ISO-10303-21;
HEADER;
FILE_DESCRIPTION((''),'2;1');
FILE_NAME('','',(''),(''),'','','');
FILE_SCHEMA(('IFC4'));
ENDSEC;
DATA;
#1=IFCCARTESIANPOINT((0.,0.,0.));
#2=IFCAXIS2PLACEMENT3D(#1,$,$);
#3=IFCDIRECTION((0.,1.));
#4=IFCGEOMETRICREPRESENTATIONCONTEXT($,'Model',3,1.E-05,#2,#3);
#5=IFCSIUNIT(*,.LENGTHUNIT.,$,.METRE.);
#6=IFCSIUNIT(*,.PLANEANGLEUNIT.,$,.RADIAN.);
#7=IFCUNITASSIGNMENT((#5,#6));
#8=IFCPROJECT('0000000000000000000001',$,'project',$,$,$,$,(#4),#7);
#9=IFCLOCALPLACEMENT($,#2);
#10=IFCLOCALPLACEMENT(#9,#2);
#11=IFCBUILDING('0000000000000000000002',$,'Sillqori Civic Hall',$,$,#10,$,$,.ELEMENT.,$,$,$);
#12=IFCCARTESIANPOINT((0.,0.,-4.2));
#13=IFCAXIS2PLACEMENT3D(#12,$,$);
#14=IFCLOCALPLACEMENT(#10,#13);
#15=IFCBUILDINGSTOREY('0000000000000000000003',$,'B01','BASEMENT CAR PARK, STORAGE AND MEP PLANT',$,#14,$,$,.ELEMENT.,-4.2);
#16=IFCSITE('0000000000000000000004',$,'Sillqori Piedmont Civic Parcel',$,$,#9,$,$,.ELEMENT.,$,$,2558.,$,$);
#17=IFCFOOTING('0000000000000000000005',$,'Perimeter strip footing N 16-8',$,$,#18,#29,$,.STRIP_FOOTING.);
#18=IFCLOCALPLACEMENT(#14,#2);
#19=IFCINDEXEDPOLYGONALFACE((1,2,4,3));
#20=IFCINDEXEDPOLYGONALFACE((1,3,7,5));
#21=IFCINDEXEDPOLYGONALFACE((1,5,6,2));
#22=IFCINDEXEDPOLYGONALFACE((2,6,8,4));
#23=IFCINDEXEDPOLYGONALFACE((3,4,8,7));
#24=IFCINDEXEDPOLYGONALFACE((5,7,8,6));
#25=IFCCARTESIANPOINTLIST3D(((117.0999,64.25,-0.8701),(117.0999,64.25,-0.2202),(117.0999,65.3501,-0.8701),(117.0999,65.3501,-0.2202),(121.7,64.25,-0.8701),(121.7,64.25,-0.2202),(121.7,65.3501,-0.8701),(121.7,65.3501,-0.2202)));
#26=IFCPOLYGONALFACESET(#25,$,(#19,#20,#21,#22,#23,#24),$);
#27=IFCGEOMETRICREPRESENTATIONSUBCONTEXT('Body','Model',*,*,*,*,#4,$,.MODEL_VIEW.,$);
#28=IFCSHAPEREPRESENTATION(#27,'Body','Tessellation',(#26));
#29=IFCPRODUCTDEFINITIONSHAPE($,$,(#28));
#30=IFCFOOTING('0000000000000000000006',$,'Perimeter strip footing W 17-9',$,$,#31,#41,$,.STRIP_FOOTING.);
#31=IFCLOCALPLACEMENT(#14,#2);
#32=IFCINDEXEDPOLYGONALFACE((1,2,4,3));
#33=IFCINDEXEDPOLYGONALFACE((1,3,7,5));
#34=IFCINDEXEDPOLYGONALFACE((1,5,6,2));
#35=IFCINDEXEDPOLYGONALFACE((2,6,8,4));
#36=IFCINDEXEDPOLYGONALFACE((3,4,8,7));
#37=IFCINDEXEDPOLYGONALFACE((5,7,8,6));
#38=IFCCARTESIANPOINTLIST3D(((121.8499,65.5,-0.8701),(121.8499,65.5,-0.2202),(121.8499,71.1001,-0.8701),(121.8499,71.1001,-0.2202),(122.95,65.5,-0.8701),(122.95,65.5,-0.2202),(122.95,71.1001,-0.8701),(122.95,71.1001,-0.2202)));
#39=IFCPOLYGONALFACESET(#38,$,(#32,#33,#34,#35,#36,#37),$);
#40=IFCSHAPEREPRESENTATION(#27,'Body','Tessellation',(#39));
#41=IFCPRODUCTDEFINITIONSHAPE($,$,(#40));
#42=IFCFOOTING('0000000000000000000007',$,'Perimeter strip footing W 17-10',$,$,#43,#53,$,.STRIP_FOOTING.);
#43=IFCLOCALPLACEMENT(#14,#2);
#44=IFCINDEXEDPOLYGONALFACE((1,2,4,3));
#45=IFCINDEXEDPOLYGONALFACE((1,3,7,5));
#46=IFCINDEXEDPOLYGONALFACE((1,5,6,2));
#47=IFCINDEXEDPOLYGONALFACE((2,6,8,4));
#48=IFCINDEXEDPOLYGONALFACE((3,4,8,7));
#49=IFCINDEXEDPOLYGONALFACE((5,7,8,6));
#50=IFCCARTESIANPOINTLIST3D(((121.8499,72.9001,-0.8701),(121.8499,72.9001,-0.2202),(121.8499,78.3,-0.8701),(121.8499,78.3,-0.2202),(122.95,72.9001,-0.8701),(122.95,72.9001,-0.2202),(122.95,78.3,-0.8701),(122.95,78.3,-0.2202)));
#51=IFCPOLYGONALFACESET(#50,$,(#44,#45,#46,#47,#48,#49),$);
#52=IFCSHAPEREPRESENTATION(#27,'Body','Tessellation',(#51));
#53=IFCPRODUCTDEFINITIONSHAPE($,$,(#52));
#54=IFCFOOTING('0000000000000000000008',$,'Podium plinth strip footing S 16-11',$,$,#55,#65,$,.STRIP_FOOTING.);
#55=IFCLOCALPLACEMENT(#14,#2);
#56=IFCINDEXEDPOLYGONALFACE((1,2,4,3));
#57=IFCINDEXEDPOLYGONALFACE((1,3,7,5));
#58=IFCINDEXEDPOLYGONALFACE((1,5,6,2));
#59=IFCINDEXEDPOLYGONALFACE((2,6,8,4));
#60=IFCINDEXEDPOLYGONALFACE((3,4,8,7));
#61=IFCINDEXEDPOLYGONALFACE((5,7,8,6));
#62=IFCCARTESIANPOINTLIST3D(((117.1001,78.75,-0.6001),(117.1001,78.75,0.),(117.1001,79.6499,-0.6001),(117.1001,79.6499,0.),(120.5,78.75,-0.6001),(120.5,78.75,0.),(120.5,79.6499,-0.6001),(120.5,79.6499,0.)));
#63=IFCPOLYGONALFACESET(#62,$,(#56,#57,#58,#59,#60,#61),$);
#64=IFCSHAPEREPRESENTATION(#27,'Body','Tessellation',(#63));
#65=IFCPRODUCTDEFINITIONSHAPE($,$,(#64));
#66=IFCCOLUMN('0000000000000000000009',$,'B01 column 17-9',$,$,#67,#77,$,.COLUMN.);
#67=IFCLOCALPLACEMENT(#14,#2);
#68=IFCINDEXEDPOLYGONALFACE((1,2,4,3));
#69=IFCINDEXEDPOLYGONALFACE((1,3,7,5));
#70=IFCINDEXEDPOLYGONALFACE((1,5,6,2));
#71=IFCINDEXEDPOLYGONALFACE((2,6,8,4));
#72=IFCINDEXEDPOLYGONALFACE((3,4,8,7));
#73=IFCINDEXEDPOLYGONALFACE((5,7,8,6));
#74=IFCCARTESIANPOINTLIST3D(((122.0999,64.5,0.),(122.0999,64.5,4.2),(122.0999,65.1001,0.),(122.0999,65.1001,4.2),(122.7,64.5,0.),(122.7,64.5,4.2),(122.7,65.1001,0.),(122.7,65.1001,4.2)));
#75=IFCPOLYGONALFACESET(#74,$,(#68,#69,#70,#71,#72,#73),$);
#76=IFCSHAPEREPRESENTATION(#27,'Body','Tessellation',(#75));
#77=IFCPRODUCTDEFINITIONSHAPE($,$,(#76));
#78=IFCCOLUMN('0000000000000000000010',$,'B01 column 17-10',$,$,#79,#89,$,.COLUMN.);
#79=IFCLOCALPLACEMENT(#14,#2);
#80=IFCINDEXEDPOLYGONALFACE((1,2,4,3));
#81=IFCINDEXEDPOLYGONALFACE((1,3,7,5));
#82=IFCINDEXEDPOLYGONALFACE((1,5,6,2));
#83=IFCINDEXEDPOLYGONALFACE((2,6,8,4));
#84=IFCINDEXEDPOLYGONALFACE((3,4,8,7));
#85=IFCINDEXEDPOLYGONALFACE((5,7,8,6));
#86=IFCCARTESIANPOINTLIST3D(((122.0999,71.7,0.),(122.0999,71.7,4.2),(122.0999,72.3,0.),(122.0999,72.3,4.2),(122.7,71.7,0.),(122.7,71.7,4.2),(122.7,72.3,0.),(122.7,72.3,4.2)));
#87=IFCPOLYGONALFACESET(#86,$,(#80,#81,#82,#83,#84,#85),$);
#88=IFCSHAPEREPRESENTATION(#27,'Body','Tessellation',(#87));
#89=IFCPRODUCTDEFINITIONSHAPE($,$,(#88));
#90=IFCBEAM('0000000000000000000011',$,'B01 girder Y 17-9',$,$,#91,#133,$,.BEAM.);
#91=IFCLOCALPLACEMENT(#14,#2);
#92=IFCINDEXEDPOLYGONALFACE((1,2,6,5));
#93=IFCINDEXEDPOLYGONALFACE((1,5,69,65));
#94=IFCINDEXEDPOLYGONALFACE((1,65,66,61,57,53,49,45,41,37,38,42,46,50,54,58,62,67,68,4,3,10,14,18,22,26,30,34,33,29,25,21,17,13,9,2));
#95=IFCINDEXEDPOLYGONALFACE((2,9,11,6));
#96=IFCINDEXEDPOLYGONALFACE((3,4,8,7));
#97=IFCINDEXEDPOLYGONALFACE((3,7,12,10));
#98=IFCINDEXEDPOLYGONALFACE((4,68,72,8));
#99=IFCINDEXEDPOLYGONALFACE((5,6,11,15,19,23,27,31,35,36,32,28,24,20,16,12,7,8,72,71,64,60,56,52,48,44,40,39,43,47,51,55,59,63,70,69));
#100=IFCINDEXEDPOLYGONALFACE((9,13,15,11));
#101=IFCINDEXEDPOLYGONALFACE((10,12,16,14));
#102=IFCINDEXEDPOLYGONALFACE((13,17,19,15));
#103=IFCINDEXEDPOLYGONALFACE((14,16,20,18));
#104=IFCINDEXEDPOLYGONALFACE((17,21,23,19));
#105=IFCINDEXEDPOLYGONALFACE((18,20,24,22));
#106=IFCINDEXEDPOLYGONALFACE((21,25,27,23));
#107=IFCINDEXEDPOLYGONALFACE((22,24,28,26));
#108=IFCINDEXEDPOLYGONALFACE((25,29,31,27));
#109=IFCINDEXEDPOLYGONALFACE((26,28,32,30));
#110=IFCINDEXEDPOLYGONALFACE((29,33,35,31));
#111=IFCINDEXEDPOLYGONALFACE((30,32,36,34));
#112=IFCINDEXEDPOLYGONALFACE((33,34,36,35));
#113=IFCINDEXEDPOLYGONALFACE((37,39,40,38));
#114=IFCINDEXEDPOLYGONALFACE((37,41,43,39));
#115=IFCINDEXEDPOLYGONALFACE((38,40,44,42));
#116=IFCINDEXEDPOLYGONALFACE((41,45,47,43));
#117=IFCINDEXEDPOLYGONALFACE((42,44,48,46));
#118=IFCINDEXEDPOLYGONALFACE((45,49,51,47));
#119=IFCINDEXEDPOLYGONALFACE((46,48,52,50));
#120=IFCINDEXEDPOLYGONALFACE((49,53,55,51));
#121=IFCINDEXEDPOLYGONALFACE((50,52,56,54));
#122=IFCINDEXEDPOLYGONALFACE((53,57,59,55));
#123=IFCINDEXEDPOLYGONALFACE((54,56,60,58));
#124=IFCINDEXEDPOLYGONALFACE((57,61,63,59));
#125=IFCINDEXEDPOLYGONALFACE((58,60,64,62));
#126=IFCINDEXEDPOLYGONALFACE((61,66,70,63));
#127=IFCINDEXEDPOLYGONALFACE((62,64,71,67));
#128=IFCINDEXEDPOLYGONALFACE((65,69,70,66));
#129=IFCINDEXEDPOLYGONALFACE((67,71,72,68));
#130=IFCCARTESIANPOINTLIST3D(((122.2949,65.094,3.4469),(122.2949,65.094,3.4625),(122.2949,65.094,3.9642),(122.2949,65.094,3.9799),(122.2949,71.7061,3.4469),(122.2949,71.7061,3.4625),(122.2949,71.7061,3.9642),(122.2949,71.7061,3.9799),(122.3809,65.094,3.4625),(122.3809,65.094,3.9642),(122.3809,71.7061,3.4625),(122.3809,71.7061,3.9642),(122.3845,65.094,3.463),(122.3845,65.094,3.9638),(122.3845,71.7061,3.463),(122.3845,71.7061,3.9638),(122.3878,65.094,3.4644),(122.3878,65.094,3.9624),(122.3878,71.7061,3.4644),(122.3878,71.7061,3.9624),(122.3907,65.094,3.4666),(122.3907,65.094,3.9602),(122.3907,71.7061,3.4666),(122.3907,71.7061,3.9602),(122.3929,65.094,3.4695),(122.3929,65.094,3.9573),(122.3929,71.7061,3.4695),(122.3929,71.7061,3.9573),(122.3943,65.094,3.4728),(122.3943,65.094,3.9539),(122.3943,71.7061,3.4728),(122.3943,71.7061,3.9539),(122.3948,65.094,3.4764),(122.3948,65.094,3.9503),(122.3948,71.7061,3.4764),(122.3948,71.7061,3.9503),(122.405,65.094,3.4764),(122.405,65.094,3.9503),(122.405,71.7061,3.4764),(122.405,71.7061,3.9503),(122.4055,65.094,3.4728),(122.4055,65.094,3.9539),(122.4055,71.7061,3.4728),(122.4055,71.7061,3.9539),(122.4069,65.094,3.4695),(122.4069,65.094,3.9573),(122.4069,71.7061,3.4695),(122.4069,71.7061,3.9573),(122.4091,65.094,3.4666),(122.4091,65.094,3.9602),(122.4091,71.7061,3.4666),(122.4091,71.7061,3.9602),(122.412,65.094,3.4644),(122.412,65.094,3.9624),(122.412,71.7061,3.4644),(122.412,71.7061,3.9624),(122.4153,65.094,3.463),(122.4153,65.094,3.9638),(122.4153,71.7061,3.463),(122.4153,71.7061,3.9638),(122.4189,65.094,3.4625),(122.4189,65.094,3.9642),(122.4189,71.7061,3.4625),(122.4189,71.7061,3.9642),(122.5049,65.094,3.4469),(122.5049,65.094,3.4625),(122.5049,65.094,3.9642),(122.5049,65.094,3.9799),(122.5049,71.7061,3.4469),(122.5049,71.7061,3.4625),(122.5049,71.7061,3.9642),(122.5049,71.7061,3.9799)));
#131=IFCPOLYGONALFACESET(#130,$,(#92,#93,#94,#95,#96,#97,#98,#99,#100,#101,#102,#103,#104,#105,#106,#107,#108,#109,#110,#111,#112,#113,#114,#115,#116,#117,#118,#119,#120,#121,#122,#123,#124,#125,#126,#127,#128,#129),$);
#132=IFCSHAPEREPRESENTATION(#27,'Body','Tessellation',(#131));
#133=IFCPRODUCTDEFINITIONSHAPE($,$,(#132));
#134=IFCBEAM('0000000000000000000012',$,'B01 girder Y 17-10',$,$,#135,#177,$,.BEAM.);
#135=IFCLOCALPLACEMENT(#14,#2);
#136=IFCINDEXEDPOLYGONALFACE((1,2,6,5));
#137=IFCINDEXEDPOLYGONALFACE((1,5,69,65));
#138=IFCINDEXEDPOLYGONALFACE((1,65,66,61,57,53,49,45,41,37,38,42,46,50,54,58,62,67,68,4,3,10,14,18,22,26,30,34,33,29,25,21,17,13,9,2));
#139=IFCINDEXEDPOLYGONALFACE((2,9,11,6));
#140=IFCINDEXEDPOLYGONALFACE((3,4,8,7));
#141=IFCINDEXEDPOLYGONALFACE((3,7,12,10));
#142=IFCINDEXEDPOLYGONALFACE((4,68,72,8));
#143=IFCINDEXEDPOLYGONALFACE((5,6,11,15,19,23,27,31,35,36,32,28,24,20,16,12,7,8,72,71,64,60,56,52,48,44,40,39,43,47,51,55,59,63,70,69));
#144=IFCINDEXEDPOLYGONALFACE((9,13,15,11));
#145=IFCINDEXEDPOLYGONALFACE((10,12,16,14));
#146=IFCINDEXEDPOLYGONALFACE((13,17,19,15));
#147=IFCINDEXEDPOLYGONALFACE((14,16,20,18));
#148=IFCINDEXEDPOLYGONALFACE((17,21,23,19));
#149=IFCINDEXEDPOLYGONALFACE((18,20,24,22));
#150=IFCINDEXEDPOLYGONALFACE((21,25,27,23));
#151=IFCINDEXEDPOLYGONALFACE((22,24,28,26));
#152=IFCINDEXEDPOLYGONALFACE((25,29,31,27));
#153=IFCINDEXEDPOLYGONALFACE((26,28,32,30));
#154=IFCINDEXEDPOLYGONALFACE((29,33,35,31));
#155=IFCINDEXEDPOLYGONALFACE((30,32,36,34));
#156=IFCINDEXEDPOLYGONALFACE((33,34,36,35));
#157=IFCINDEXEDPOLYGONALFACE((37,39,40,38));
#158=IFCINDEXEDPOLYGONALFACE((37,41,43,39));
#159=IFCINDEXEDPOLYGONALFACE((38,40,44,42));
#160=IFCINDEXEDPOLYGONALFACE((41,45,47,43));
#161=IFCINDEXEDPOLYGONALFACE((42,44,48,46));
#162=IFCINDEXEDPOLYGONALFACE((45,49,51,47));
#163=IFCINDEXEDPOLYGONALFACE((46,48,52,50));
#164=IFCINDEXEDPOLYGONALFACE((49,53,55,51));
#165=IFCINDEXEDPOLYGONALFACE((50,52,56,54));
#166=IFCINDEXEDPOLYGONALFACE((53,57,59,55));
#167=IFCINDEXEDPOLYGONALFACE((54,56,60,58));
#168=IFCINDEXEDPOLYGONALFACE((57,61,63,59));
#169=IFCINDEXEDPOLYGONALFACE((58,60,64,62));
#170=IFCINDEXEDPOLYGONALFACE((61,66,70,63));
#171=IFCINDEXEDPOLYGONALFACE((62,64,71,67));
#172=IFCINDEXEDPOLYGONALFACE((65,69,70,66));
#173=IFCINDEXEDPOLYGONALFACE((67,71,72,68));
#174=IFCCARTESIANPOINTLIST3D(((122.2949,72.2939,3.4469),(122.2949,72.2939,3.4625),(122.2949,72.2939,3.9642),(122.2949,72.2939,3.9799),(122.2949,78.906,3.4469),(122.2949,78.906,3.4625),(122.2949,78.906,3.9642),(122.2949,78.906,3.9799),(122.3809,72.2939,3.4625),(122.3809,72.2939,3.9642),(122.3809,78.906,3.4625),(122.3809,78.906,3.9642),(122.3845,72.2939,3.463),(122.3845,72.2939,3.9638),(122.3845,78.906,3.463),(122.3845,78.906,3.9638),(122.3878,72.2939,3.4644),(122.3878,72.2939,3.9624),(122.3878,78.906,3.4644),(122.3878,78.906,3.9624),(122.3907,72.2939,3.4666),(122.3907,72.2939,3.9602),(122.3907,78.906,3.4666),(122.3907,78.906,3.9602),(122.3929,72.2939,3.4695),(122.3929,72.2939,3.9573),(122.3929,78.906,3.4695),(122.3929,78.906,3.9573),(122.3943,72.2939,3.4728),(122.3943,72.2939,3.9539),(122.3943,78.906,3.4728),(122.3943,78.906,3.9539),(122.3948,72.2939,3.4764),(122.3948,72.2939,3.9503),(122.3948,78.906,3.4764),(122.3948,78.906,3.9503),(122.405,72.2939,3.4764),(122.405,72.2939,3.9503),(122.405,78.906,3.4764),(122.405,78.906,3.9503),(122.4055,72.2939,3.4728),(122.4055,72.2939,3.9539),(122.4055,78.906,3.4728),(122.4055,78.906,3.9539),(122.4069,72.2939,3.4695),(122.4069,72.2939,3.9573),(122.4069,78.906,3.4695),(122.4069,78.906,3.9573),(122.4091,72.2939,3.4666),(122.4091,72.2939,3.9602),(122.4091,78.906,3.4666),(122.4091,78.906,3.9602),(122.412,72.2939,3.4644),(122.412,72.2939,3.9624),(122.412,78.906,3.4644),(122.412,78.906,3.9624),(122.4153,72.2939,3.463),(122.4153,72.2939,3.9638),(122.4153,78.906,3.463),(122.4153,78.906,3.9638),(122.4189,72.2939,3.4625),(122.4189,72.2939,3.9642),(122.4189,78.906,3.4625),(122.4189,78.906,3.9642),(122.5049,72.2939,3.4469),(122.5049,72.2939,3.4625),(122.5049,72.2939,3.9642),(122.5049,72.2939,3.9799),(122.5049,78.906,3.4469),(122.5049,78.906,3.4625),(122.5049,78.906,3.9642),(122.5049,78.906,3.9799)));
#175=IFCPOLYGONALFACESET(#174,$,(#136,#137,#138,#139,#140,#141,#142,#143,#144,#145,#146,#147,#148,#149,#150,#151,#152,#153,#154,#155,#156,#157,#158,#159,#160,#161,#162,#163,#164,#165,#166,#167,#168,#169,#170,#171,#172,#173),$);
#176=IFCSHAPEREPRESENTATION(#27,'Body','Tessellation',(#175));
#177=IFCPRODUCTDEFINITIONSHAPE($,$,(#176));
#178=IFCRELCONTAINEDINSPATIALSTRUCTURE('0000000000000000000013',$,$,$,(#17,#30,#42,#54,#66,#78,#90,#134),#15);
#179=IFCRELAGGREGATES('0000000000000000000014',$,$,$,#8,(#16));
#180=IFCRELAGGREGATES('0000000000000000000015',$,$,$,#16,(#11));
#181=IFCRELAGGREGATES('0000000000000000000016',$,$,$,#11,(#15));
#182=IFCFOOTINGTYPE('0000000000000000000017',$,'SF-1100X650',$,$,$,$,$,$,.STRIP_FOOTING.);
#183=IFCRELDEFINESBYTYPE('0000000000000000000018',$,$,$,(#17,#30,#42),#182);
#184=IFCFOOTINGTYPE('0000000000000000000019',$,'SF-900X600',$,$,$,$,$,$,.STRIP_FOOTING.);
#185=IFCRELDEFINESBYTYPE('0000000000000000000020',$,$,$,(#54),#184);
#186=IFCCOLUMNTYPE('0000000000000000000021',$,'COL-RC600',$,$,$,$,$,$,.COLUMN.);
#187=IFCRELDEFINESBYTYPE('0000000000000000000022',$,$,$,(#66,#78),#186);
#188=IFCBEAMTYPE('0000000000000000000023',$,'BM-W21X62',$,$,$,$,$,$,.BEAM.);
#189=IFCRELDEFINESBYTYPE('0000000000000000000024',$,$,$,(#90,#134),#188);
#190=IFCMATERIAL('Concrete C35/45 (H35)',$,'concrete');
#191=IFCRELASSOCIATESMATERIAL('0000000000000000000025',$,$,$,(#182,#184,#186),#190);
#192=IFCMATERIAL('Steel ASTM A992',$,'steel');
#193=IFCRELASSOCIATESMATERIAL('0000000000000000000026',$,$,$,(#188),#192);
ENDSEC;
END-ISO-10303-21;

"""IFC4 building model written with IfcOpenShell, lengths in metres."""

from ifc_helpers import new_model, si_unit, direction, frame, origin, origin_2d, place, context, subcontext, project, spatial, rectangle, i_section, extrude, material, material_profile, profile_set, type_object, element, save


model = new_model("IFC4")

# Units and contexts
model_context = context("Model", 3, precision=1e-05, world=origin(), true_north=direction((0.0, 1.0)))
body_context = subcontext(model_context, "Body", "Model", "MODEL_VIEW")
ifc_project = project(units=[si_unit("LENGTHUNIT", "METRE"), si_unit("PLANEANGLEUNIT", "RADIAN")], contexts=[model_context])

# Site, building, storey
site_placement = place(None, origin())
site = spatial("IfcSite", under=ifc_project, at=site_placement, Name="Sillqori Piedmont Civic Parcel", CompositionType="ELEMENT", RefElevation=2558.0)
building_placement = place(site_placement, origin())
building = spatial("IfcBuilding", under=site, at=building_placement, Name="Sillqori Civic Hall", CompositionType="ELEMENT")
storey_placement = place(building_placement, frame((0.0, 0.0, -4.2)))
storey = spatial("IfcBuildingStorey", under=building, at=storey_placement, Name="B01", Description="BASEMENT CAR PARK, STORAGE AND MEP PLANT", CompositionType="ELEMENT", Elevation=-4.2)

# Shared definitions
ifc_material_1 = material(Name="Concrete C35/45 (H35)", Category="concrete")

# Footings
footing_type_1 = type_object("IfcFootingType", Name="SF-1100X650", PredefinedType="STRIP_FOOTING", material=ifc_material_1)
footing_1_placement = place(storey_placement, frame((119.3999, 64.8, -0.8701), z_axis=(0.0, 0.0, 1.0), x_axis=(1.0, 0.0, 0.0)))
element("IfcFooting", 1, at=footing_1_placement, inside=storey, type_object=footing_type_1, Name="Perimeter strip footing N 16-8", PredefinedType="STRIP_FOOTING", context=body_context, shape_type="SweptSolid", body=[
    extrude(rectangle(XDim=4.6001, YDim=1.1001, at=origin_2d()), origin(), (0.0, 0.0, 1.0), 0.6499),
])
footing_2_placement = place(storey_placement, frame((122.3999, 68.3, -0.8701), z_axis=(0.0, 0.0, 1.0), x_axis=(1.0, 0.0, 0.0)))
element("IfcFooting", 2, at=footing_2_placement, inside=storey, type_object=footing_type_1, Name="Perimeter strip footing W 17-9", PredefinedType="STRIP_FOOTING", context=body_context, shape_type="SweptSolid", body=[
    extrude(rectangle(XDim=1.1001, YDim=5.6001, at=origin_2d()), origin(), (0.0, 0.0, 1.0), 0.6499),
])
footing_3_placement = place(storey_placement, frame((122.3999, 75.6001, -0.8701), z_axis=(0.0, 0.0, 1.0), x_axis=(1.0, 0.0, 0.0)))
element("IfcFooting", 3, at=footing_3_placement, inside=storey, type_object=footing_type_1, Name="Perimeter strip footing W 17-10", PredefinedType="STRIP_FOOTING", context=body_context, shape_type="SweptSolid", body=[
    extrude(rectangle(XDim=1.1001, YDim=5.3999, at=origin_2d()), origin(), (0.0, 0.0, 1.0), 0.6499),
])
footing_type_2 = type_object("IfcFootingType", Name="SF-900X600", PredefinedType="STRIP_FOOTING", material=ifc_material_1)
footing_4_placement = place(storey_placement, frame((118.8, 79.2, -0.6001), z_axis=(0.0, 0.0, 1.0), x_axis=(1.0, 0.0, 0.0)))
element("IfcFooting", 4, at=footing_4_placement, inside=storey, type_object=footing_type_2, Name="Podium plinth strip footing S 16-11", PredefinedType="STRIP_FOOTING", context=body_context, shape_type="SweptSolid", body=[
    extrude(rectangle(XDim=3.3999, YDim=0.8999, at=origin_2d()), origin(), (0.0, 0.0, 1.0), 0.6001),
])

# Columns
ifc_material_profile_1 = material_profile(ifc_material_1, rectangle(XDim=0.6001, YDim=0.6001, at=origin_2d()), Name="RC 600x600")
ifc_profile_set_1 = profile_set([ifc_material_profile_1], Name="Concrete C35/45 (H35)")
column_type = type_object("IfcColumnType", Name="COL-RC600", PredefinedType="COLUMN", material=ifc_profile_set_1)
for number, where, z_axis, x_axis, name in (
    (5, (122.3999, 64.8, 0.0), (0.0, 0.0, 1.0), (1.0, 0.0, 0.0), "B01 column 17-9"),
    (6, (122.3999, 72.0, 0.0), (0.0, 0.0, 1.0), (1.0, 0.0, 0.0), "B01 column 17-10"),
):
    element("IfcColumn", number, at=place(storey_placement, frame(where, z_axis=z_axis, x_axis=x_axis)), inside=storey, type_object=column_type, Name=name, PredefinedType="COLUMN", context=body_context, shape_type="SweptSolid", body=[
        extrude(rectangle(XDim=0.6001, YDim=0.6001, at=origin_2d()), origin(), (0.0, 0.0, 1.0), 4.2),
    ])

# Beams
ifc_material_2 = material(Name="Steel ASTM A992", Category="steel")
ifc_material_profile_2 = material_profile(ifc_material_2, i_section(OverallWidth=0.21, OverallDepth=0.533, WebThickness=0.0103, FlangeThickness=0.0156, FilletRadius=0.0139, at=origin_2d()), Name="W21X62")
ifc_profile_set_2 = profile_set([ifc_material_profile_2], Name="Steel ASTM A992")
beam_type_1 = type_object("IfcBeamType", Name="BM-W21X62", PredefinedType="BEAM", material=ifc_profile_set_2)
for number, where, z_axis, x_axis, name in (
    (7, (122.3999, 65.094, 3.7134), (0.0, 1.0, 0.0), (-1.0, 0.0, 0.0), "B01 girder Y 17-9"),
    (8, (122.3999, 72.2939, 3.7134), (0.0, 1.0, 0.0), (-1.0, 0.0, 0.0), "B01 girder Y 17-10"),
):
    element("IfcBeam", number, at=place(storey_placement, frame(where, z_axis=z_axis, x_axis=x_axis)), inside=storey, type_object=beam_type_1, Name=name, PredefinedType="BEAM", context=body_context, shape_type="SweptSolid", body=[
        extrude(i_section(OverallWidth=0.21, OverallDepth=0.533, WebThickness=0.0103, FlangeThickness=0.0156, FilletRadius=0.0139, at=origin_2d()), origin(), (0.0, 0.0, 1.0), 6.6121),
    ])

save(model, "model.ifc")
